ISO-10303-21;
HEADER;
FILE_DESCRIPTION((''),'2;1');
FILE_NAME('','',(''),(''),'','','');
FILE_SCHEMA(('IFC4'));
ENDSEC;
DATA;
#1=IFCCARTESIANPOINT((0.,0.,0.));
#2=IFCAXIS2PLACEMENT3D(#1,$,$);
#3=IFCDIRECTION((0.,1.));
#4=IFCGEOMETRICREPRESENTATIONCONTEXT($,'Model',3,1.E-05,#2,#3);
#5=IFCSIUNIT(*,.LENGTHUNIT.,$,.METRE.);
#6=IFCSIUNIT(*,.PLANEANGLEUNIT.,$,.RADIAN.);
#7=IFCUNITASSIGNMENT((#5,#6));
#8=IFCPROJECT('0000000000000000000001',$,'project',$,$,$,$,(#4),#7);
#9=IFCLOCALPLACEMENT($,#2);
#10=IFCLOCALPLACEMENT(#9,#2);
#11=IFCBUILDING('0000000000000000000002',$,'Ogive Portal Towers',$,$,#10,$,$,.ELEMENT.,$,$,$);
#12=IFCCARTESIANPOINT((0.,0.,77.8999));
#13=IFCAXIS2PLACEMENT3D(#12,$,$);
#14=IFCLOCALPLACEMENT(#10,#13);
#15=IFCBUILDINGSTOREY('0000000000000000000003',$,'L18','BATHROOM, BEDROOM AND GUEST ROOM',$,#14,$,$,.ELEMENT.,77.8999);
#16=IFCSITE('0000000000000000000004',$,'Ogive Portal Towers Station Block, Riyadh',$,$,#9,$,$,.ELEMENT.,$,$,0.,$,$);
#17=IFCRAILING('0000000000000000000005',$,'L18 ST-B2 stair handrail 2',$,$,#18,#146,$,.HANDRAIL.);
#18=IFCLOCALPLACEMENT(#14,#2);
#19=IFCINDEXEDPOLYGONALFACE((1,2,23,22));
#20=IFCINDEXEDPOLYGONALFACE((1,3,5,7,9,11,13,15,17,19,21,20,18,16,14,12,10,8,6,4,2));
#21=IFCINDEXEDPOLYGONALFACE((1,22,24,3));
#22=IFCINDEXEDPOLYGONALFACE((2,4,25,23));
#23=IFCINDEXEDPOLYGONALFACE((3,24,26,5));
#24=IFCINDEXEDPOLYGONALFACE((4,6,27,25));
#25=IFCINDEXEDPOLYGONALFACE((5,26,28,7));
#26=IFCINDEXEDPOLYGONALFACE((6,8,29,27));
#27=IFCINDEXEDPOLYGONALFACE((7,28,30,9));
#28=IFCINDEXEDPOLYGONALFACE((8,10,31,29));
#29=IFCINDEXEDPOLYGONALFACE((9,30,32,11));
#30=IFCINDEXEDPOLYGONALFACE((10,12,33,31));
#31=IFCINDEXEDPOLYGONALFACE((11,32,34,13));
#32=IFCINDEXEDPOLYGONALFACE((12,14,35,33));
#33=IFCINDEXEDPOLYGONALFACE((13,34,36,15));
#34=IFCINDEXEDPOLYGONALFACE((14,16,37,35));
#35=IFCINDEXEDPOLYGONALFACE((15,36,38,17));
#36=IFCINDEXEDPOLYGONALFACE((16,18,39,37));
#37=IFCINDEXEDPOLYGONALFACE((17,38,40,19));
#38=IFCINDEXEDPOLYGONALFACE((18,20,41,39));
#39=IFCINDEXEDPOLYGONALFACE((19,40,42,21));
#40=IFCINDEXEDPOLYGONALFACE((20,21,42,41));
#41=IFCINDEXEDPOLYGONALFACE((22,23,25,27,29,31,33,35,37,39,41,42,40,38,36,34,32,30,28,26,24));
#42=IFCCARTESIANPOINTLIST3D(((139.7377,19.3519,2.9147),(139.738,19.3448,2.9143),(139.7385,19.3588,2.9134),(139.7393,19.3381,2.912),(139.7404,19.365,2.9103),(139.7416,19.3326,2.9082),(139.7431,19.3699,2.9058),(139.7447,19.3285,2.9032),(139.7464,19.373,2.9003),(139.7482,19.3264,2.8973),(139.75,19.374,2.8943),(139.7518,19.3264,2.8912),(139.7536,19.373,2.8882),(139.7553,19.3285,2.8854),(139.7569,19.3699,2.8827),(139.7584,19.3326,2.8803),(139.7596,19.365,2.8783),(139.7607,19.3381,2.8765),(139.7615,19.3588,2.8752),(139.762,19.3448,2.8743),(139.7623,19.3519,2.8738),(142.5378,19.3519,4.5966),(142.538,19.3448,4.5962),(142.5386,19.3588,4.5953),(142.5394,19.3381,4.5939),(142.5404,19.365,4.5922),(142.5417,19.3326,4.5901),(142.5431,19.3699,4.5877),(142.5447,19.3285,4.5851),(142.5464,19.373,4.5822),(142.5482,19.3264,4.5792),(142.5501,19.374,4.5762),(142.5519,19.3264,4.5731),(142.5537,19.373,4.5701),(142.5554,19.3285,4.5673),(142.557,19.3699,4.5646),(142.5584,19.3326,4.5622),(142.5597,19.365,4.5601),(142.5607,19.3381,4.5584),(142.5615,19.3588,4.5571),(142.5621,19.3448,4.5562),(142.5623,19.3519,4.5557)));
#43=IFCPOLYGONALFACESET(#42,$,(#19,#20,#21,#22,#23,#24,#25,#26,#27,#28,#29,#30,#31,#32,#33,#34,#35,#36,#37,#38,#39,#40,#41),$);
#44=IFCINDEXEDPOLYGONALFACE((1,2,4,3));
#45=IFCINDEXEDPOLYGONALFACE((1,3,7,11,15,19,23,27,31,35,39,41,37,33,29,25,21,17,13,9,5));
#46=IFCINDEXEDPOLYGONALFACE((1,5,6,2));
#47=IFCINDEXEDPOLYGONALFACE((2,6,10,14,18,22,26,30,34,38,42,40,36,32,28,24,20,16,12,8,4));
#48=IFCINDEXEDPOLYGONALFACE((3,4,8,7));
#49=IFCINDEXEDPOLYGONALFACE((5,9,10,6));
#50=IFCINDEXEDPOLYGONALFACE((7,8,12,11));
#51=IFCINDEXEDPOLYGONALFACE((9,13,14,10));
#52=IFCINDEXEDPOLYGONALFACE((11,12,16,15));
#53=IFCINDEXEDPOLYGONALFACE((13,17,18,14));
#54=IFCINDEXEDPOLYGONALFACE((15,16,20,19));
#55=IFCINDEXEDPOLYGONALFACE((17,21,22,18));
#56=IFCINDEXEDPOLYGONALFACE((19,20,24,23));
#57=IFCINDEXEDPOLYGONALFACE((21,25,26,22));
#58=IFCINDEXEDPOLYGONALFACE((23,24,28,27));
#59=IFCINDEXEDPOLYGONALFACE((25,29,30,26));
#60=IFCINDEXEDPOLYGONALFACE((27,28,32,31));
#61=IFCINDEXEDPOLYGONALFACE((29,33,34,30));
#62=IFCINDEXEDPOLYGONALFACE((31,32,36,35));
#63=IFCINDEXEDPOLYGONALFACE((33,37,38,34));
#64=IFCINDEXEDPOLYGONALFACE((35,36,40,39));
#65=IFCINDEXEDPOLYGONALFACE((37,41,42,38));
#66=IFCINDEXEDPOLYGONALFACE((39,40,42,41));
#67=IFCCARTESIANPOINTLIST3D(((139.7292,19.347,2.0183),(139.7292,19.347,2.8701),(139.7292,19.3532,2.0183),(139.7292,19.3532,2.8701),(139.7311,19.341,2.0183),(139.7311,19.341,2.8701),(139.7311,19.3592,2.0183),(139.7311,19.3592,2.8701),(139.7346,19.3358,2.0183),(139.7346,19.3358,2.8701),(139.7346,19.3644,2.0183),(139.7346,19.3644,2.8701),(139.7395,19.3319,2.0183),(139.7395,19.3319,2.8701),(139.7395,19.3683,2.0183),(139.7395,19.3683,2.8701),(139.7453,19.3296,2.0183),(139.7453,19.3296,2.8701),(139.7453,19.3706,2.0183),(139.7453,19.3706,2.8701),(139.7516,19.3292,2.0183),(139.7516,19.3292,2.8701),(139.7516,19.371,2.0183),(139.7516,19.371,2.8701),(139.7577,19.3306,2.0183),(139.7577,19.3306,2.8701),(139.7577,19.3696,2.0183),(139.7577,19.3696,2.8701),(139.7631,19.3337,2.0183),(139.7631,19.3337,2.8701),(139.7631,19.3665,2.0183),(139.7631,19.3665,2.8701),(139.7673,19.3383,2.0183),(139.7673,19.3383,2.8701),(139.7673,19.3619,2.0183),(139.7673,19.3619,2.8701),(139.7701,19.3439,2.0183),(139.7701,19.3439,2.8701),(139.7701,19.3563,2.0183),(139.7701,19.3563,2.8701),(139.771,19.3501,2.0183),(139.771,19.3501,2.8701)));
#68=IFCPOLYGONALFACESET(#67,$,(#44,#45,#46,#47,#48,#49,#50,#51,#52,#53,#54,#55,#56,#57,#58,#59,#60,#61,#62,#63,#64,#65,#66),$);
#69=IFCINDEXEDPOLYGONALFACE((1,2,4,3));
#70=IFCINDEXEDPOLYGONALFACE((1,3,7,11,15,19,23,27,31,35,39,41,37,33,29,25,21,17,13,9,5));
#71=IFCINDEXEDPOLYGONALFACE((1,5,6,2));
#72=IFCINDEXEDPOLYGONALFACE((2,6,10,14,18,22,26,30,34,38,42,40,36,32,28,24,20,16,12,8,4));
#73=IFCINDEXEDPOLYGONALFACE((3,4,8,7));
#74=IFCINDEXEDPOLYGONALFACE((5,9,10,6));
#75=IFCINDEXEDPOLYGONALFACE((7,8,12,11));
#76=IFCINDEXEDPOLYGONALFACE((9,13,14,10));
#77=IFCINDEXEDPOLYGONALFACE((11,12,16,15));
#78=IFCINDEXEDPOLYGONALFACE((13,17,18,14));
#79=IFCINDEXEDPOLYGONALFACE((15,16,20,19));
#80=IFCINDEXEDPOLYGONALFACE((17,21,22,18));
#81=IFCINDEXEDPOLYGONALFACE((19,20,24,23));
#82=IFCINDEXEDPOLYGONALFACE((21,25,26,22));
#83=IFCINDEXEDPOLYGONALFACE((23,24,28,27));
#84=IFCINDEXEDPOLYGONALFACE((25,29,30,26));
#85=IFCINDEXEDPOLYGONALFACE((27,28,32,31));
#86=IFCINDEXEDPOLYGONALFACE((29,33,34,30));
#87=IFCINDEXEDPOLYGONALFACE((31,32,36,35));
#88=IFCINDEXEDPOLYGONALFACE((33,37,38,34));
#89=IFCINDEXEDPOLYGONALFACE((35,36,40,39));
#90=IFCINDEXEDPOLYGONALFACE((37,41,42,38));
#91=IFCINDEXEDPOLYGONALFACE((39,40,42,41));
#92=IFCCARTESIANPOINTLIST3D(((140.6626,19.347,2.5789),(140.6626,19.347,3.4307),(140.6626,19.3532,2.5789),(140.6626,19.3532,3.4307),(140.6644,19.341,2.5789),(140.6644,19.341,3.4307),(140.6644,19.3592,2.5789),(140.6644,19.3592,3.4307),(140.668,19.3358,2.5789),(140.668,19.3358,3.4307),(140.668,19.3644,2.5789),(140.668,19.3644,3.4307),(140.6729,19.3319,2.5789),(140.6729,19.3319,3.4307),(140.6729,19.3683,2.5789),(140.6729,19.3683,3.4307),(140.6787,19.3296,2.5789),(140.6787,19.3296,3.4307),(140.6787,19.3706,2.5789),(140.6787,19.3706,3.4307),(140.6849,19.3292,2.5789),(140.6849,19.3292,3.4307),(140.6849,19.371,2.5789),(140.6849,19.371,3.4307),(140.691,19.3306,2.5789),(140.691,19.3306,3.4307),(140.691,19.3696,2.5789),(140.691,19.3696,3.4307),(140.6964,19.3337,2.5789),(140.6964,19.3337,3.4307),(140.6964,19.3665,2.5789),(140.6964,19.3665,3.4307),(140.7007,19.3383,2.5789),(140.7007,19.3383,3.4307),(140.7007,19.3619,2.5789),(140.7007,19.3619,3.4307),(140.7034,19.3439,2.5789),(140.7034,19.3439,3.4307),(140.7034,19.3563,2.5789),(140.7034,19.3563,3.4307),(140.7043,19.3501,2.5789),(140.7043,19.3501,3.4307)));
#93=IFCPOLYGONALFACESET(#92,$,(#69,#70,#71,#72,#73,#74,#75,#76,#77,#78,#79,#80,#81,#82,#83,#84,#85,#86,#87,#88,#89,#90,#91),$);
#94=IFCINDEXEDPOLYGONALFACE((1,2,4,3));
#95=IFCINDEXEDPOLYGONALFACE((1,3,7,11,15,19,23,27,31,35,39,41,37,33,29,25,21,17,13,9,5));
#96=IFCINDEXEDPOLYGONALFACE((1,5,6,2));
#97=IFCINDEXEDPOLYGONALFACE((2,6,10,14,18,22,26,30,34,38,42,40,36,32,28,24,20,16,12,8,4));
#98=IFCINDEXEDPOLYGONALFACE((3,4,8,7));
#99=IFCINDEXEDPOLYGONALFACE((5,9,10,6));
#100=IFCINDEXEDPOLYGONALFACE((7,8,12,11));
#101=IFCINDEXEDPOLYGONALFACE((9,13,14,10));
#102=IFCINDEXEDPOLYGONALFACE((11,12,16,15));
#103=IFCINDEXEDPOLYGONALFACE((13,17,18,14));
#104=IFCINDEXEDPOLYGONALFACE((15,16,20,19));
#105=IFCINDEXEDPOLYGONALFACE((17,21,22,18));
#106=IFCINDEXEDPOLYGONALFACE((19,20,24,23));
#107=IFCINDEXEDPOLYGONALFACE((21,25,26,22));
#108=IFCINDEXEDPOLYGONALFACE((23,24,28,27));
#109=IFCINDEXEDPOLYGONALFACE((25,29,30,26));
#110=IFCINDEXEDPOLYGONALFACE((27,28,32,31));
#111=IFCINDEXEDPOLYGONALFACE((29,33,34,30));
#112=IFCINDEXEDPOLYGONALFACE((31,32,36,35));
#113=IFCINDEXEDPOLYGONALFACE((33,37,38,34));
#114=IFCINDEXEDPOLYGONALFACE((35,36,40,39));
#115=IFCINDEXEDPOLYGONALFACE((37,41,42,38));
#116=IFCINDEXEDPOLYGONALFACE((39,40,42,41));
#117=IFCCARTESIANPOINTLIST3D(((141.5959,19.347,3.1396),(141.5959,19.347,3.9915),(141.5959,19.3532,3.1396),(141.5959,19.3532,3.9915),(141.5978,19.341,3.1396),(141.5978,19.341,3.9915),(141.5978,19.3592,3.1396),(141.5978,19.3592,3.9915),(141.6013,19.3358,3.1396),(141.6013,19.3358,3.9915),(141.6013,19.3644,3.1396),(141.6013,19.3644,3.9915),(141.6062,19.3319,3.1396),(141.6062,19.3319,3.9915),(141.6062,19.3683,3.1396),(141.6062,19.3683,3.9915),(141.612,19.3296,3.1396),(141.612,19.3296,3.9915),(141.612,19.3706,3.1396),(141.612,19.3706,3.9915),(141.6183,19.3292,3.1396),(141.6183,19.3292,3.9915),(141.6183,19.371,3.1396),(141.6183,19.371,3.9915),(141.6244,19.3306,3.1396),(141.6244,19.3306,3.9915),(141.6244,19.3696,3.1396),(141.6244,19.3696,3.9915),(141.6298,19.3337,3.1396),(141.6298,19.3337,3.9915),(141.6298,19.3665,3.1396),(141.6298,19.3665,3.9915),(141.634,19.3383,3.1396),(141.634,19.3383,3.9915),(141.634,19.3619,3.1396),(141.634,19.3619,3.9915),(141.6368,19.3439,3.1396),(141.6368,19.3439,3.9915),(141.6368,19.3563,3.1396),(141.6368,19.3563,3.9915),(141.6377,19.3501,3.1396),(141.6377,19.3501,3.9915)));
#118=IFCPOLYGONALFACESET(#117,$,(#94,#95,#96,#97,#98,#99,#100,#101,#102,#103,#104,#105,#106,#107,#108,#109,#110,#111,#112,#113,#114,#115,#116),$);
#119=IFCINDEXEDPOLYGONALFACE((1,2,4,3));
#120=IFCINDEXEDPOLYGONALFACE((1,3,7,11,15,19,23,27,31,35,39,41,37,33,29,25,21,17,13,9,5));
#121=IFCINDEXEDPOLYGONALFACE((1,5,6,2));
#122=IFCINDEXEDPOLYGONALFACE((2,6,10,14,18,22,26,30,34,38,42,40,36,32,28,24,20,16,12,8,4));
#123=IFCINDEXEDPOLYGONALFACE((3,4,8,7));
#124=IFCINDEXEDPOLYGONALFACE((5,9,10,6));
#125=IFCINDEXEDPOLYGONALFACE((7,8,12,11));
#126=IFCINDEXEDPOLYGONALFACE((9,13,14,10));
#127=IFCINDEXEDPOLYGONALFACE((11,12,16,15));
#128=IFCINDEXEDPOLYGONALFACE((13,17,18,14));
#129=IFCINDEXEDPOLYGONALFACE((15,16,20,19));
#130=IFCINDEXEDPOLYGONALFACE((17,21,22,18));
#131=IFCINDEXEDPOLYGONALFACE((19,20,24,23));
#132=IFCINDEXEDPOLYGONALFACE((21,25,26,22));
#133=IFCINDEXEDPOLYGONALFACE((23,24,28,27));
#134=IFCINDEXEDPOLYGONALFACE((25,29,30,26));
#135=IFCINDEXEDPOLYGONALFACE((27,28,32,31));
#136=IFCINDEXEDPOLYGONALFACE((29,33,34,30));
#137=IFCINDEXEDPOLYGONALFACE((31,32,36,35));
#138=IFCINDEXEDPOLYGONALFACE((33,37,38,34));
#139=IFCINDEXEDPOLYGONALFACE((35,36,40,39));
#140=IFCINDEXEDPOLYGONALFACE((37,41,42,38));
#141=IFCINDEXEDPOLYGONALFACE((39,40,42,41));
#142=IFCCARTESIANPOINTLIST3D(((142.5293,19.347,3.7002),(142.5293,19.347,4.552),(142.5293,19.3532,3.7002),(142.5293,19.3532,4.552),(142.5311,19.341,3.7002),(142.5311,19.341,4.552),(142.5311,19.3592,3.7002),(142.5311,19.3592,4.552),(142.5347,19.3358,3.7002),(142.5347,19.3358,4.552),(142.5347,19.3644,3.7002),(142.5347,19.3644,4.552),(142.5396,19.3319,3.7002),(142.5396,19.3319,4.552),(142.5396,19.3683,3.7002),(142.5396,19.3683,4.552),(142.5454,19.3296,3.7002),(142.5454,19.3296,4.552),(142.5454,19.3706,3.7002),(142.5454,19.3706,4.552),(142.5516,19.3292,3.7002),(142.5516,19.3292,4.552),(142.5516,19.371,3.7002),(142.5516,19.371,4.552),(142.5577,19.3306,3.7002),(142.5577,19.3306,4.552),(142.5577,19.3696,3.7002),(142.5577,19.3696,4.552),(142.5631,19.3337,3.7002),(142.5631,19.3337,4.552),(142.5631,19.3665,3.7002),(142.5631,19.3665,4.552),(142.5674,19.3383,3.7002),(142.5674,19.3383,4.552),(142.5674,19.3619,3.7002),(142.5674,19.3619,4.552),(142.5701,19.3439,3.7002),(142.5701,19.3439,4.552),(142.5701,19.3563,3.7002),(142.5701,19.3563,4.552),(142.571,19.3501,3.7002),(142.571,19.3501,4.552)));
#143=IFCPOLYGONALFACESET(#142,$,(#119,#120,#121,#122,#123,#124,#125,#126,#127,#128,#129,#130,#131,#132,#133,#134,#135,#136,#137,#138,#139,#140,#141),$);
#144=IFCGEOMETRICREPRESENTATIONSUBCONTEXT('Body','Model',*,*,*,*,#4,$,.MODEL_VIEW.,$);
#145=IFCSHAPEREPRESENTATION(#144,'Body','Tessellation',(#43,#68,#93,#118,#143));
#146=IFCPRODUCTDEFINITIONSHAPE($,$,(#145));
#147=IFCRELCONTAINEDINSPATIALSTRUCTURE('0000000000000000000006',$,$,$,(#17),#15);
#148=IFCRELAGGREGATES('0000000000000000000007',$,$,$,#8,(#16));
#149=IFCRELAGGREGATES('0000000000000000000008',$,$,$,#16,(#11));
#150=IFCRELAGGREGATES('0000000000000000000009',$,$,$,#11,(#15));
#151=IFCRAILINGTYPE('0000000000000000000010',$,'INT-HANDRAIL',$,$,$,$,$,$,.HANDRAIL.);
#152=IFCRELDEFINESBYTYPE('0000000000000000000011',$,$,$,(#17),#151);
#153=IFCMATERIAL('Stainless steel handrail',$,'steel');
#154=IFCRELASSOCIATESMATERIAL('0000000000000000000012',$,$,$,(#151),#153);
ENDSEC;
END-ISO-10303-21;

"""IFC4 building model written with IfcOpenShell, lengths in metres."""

from ifc_helpers import new_model, si_unit, direction, frame, origin, origin_2d, place, context, subcontext, project, spatial, circle, extrude, material, type_object, element, save


model = new_model("IFC4")

# Units and contexts
model_context = context("Model", 3, precision=1e-05, world=origin(), true_north=direction((0.0, 1.0)))
body_context = subcontext(model_context, "Body", "Model", "MODEL_VIEW")
ifc_project = project(units=[si_unit("LENGTHUNIT", "METRE"), si_unit("PLANEANGLEUNIT", "RADIAN")], contexts=[model_context])

# Site, building, storey
site_placement = place(None, origin())
site = spatial("IfcSite", under=ifc_project, at=site_placement, Name="Ogive Portal Towers Station Block, Riyadh", CompositionType="ELEMENT", RefElevation=0.0)
building_placement = place(site_placement, origin())
building = spatial("IfcBuilding", under=site, at=building_placement, Name="Ogive Portal Towers", CompositionType="ELEMENT")
storey_placement = place(building_placement, frame((0.0, 0.0, 77.8999)))
storey = spatial("IfcBuildingStorey", under=building, at=storey_placement, Name="L18", Description="BATHROOM, BEDROOM AND GUEST ROOM", CompositionType="ELEMENT", Elevation=77.8999)

# Railing
ifc_material_1 = material(Name="Stainless steel handrail", Category="steel")
railing_type_1 = type_object("IfcRailingType", Name="INT-HANDRAIL", PredefinedType="HANDRAIL", material=ifc_material_1)
railing_1_placement = place(storey_placement, frame((139.75, 19.3501, 2.0183)))
element("IfcRailing", 1, at=railing_1_placement, inside=storey, type_object=railing_type_1, Name="L18 ST-B2 stair handrail 2", PredefinedType="HANDRAIL", context=body_context, shape_type="SweptSolid", body=[
    extrude(circle(Radius=0.0239, at=origin_2d()), frame((0.0, 0.0, 0.876), z_axis=(0.857242, 0.0, 0.514913), x_axis=(0.0, 1.0, 0.0)), (0.0, 0.0, 1.0), 3.2664),
    extrude(circle(Radius=0.021, at=origin_2d()), origin(), (0.0, 0.0, 1.0), 0.8518),
    extrude(circle(Radius=0.021, at=origin_2d()), frame((0.9333, 0.0, 0.5605)), (0.0, 0.0, 1.0), 0.8518),
    extrude(circle(Radius=0.021, at=origin_2d()), frame((1.8667, 0.0, 1.1213)), (0.0, 0.0, 1.0), 0.8518),
    extrude(circle(Radius=0.021, at=origin_2d()), frame((2.8, 0.0, 1.6819)), (0.0, 0.0, 1.0), 0.8518),
])

save(model, "model.ifc")
